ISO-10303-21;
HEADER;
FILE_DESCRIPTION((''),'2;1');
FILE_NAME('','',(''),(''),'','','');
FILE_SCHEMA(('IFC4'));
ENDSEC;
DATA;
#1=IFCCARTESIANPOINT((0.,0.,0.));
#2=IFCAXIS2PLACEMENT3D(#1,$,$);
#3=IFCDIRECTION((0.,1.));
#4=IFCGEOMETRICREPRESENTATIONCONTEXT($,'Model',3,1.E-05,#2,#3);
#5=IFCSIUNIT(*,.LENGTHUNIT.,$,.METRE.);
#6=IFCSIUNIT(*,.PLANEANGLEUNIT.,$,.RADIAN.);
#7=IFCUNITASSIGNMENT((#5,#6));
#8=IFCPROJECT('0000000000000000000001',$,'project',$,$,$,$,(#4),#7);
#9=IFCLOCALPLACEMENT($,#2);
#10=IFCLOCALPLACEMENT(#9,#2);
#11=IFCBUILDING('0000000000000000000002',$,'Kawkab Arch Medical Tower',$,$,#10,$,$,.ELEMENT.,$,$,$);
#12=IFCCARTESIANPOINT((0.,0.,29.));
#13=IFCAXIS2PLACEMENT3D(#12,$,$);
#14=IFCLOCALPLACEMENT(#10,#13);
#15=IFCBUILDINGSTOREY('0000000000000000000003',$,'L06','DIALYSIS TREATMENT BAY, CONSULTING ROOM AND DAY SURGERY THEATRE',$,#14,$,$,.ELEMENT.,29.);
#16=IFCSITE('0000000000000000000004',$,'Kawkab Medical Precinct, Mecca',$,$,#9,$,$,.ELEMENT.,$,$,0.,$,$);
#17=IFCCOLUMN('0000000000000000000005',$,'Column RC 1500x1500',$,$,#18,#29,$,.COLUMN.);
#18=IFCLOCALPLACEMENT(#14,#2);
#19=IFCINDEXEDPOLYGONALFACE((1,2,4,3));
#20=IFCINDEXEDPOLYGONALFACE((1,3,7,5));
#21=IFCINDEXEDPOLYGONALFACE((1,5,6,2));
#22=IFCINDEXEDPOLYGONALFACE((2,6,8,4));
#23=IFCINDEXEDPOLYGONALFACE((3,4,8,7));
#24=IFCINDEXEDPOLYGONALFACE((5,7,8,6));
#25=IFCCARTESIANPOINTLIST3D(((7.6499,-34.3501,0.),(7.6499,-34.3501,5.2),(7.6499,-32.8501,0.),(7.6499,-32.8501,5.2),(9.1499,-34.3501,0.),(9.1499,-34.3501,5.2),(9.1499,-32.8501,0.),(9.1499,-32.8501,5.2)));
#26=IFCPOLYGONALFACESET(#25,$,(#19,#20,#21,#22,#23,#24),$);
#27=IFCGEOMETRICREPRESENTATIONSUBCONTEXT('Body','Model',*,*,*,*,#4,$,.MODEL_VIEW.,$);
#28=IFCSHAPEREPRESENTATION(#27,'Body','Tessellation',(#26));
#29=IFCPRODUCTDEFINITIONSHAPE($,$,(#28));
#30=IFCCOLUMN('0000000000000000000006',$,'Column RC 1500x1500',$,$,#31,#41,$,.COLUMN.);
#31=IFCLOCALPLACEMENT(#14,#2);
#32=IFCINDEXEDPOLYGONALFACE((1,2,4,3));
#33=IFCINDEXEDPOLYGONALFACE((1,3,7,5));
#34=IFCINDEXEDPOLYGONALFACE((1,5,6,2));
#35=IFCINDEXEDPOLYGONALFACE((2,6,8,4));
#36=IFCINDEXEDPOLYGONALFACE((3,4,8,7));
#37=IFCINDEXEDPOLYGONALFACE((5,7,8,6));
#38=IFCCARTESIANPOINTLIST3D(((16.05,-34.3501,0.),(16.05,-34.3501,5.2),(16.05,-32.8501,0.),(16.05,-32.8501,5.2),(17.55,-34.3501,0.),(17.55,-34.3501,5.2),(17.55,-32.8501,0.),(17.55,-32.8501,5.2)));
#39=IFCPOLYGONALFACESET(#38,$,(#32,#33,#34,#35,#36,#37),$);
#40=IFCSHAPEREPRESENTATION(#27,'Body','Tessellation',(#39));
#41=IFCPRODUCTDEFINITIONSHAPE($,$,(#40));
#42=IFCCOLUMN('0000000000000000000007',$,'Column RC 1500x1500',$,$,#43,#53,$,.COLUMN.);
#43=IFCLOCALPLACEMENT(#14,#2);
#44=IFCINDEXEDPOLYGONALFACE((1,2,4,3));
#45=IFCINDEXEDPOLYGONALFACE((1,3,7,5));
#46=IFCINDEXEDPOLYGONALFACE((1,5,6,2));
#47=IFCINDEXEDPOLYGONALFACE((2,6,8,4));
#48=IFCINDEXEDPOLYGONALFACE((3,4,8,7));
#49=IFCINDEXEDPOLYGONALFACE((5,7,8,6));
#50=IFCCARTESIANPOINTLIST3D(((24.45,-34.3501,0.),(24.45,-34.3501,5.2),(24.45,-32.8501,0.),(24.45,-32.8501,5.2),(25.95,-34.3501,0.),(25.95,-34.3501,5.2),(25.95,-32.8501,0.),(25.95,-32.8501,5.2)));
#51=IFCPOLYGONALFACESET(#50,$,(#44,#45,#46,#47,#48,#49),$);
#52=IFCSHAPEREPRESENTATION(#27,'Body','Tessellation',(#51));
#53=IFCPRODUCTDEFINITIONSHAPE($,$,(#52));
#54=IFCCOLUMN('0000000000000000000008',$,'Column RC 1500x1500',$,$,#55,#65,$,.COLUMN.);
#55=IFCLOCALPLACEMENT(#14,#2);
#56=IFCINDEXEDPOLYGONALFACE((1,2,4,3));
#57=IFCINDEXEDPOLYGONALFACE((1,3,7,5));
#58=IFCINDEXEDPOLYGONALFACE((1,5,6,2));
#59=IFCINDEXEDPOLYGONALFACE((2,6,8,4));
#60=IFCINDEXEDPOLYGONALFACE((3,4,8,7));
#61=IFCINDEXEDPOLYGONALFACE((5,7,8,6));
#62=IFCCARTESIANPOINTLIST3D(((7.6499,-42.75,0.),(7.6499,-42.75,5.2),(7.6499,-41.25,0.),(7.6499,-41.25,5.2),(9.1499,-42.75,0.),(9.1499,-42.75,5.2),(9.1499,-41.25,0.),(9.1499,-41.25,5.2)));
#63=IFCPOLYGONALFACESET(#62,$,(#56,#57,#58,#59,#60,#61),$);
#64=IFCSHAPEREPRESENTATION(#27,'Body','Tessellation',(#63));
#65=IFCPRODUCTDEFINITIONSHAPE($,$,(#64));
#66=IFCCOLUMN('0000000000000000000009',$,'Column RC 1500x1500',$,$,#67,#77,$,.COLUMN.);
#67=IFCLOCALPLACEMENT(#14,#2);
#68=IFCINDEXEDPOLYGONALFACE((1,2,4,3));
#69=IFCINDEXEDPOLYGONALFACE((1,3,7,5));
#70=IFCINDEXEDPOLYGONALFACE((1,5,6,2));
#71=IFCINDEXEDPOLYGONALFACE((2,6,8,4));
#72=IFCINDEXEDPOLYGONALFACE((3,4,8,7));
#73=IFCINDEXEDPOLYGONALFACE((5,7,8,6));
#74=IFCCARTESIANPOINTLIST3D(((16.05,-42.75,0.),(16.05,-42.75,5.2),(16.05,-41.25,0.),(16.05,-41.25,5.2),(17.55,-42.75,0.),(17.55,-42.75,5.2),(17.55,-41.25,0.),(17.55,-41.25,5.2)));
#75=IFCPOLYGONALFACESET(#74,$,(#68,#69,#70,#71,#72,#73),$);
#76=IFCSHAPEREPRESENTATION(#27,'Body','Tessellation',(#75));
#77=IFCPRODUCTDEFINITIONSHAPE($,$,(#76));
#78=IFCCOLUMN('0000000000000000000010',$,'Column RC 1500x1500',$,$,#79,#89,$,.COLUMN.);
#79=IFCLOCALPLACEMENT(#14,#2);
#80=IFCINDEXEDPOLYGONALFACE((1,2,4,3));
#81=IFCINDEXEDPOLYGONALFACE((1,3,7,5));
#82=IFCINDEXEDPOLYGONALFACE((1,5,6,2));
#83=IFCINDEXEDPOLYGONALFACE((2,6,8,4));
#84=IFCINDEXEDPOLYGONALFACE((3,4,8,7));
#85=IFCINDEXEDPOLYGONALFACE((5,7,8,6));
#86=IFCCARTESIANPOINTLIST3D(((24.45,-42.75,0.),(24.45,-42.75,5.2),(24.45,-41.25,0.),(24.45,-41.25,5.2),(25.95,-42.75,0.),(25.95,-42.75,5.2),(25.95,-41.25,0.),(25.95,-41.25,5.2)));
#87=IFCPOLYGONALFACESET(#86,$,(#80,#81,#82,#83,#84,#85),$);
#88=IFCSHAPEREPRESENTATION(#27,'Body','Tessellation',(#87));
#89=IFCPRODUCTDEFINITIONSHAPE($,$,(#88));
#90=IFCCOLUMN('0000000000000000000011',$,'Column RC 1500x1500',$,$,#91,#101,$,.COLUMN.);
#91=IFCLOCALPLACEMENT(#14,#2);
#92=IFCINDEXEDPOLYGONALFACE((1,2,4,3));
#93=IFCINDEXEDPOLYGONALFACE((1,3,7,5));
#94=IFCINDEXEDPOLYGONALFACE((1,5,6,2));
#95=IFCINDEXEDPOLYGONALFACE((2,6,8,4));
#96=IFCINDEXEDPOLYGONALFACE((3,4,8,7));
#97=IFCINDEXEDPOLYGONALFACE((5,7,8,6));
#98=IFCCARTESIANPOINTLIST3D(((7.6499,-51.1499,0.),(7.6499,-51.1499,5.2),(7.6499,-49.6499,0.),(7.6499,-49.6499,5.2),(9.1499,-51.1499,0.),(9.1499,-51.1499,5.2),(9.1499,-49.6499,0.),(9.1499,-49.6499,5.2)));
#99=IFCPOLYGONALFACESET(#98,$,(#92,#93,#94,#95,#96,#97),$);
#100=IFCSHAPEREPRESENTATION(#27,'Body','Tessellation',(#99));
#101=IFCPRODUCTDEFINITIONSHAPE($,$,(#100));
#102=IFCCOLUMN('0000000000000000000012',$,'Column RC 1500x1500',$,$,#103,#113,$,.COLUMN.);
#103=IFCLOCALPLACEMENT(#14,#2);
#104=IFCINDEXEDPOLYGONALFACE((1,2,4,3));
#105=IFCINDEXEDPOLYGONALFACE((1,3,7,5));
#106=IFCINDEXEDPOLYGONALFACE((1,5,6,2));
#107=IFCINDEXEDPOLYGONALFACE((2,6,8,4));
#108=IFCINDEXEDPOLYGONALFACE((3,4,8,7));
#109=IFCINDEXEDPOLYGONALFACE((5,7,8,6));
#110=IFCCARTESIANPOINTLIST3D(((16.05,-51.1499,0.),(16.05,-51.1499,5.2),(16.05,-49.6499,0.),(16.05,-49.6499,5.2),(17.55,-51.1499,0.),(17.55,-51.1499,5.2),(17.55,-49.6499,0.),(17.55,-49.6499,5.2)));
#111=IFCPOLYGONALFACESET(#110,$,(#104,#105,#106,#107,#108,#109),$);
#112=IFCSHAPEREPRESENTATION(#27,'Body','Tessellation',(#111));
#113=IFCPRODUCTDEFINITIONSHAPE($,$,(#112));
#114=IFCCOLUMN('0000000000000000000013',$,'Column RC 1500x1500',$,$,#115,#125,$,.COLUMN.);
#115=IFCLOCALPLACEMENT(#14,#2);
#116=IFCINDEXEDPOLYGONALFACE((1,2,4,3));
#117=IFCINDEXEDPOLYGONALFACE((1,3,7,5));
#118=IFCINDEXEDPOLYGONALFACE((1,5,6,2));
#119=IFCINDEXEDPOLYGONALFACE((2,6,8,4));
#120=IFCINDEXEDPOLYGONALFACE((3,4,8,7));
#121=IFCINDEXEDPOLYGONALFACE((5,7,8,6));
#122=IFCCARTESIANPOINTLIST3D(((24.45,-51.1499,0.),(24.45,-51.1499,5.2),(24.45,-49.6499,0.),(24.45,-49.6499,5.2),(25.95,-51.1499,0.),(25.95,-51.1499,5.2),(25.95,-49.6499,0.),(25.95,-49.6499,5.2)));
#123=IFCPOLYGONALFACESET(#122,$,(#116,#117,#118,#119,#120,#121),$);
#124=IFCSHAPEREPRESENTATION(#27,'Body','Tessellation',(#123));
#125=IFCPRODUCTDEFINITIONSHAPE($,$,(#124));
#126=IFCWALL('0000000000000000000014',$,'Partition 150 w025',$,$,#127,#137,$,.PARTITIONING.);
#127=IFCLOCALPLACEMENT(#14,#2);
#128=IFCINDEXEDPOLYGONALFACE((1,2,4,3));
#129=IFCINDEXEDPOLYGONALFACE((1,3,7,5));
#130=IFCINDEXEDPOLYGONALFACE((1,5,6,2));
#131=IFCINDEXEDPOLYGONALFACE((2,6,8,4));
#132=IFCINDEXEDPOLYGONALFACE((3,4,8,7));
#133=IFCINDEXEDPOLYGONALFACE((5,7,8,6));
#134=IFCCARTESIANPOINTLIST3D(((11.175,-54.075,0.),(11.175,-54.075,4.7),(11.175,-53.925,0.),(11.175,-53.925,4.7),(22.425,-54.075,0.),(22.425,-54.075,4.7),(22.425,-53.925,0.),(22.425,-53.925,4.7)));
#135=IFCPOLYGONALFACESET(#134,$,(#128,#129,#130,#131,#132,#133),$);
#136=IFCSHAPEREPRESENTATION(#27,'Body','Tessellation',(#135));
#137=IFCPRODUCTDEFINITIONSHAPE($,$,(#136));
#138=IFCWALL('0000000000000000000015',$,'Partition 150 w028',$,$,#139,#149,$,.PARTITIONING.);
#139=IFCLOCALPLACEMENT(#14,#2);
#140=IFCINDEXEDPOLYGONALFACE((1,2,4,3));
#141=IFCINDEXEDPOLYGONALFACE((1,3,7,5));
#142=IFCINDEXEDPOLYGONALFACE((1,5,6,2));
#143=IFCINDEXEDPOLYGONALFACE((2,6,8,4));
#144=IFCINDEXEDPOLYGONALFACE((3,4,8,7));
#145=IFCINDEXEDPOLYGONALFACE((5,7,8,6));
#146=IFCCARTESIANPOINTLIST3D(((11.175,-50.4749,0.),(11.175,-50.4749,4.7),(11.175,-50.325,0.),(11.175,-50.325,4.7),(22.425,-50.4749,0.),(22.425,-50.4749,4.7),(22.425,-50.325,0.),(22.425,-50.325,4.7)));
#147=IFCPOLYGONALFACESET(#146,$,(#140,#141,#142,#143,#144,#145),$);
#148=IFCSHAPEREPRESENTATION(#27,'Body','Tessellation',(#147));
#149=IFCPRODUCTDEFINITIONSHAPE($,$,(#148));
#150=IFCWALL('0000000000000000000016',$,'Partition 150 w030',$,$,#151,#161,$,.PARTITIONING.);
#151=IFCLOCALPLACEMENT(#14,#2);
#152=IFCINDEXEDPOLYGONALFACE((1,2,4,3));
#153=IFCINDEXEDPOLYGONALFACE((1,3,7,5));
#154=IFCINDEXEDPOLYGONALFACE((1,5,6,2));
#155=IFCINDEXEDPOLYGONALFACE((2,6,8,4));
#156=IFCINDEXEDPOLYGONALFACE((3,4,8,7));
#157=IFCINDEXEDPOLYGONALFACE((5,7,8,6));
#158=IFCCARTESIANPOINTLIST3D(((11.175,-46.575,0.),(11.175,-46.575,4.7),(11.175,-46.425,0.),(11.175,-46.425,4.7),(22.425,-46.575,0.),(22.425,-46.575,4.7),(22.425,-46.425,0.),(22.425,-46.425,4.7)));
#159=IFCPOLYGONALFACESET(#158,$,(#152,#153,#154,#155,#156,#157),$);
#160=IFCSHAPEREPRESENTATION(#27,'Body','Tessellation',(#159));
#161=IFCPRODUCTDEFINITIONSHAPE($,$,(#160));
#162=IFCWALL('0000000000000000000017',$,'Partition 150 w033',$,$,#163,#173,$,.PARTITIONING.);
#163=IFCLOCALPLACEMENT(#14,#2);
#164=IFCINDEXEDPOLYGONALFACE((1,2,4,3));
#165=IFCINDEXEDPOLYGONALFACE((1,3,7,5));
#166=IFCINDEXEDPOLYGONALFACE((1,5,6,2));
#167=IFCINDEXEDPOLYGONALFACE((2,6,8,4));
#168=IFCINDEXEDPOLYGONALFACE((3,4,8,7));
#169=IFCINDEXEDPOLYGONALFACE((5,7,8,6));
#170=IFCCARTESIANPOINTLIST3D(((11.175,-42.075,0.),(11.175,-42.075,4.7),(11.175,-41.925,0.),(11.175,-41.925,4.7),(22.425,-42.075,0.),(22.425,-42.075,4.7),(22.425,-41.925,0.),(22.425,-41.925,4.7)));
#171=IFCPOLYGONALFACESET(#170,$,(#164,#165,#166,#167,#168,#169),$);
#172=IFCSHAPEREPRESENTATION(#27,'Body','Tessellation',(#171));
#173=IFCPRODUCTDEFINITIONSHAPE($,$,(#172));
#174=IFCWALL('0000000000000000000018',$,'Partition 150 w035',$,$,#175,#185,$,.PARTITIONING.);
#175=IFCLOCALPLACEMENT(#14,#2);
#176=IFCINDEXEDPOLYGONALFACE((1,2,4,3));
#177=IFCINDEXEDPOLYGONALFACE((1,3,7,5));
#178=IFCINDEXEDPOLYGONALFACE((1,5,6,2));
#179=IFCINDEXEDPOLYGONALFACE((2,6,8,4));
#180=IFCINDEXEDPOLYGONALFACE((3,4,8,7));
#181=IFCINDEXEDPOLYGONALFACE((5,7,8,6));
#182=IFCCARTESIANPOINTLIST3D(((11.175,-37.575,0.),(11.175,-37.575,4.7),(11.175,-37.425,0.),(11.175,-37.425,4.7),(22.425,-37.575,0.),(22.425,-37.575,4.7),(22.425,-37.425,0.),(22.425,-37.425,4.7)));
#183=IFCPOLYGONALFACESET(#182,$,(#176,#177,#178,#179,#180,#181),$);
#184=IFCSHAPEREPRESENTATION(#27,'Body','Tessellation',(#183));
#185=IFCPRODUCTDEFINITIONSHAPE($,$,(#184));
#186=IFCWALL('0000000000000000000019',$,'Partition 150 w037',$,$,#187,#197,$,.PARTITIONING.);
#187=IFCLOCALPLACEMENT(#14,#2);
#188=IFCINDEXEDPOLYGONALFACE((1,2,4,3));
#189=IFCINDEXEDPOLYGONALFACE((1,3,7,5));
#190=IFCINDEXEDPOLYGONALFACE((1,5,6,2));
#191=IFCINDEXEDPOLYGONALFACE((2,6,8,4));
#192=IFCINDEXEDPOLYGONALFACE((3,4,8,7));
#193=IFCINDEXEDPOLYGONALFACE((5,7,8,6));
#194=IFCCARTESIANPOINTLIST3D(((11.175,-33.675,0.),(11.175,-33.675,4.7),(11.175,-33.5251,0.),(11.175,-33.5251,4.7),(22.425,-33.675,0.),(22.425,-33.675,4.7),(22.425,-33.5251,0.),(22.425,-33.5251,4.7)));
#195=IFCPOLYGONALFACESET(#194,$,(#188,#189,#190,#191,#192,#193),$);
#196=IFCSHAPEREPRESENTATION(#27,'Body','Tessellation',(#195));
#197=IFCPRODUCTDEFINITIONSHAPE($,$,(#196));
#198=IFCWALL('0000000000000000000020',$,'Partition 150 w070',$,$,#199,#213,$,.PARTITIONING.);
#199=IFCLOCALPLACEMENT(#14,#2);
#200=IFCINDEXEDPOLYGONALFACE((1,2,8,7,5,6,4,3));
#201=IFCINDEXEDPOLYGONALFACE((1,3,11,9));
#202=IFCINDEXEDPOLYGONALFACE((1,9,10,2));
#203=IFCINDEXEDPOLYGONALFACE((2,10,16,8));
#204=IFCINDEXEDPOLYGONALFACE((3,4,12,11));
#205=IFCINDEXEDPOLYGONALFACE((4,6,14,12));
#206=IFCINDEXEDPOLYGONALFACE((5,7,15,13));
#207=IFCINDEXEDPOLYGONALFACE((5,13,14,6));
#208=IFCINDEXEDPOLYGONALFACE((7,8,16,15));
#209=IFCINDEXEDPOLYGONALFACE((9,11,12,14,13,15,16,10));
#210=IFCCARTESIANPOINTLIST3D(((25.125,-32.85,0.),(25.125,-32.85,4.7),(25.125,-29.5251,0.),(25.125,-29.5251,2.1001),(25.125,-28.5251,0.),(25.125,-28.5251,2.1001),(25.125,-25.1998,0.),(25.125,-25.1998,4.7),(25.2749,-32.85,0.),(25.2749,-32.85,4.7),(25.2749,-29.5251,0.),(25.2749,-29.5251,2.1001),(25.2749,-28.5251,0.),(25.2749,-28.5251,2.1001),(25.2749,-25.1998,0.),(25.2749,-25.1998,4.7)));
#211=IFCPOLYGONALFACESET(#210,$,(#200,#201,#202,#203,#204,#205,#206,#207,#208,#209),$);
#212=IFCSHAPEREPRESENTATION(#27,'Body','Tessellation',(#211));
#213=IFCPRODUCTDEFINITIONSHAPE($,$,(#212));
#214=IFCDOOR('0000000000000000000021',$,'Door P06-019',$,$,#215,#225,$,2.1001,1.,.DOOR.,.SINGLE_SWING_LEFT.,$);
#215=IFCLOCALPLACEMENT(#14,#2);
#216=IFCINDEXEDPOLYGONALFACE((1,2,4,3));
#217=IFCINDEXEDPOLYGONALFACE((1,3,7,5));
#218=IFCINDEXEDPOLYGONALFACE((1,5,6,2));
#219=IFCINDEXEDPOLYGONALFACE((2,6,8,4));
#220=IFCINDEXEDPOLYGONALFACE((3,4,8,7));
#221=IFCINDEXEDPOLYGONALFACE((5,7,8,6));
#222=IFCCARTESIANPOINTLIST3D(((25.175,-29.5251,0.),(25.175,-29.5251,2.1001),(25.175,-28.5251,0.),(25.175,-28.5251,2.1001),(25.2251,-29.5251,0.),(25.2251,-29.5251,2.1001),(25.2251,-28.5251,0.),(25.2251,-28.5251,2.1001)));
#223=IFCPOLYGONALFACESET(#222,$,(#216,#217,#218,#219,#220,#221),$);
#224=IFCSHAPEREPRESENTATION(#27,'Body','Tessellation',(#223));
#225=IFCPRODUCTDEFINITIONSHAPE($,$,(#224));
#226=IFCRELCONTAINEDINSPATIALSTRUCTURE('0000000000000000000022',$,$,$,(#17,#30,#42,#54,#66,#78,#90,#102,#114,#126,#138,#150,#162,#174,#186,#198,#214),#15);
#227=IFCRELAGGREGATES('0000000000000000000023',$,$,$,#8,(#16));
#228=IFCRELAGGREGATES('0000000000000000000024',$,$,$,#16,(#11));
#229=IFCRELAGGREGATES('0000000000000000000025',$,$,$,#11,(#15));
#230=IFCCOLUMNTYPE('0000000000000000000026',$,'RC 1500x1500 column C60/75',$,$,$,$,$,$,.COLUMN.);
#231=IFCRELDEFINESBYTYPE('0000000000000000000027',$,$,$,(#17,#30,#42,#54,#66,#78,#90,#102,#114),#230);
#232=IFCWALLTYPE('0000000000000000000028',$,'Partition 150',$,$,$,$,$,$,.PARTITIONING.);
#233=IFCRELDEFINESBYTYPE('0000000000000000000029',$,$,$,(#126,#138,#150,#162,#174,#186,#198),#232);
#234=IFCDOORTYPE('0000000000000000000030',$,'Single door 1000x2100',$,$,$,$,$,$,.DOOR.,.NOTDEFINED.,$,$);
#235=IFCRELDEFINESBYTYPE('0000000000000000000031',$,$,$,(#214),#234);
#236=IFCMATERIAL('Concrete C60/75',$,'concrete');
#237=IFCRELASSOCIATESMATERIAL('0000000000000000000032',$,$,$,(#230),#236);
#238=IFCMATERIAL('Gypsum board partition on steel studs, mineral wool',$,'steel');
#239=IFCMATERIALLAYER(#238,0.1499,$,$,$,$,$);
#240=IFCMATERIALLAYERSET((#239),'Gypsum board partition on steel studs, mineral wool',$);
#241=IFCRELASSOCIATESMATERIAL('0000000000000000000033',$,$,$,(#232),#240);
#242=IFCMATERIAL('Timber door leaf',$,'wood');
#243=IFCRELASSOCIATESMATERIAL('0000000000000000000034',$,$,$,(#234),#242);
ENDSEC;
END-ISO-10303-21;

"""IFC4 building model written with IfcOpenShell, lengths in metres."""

from ifc_helpers import new_model, si_unit, direction, frame, frame_2d, origin, origin_2d, place, context, subcontext, project, spatial, rectangle, extrude, material, layer, layer_set, material_profile, profile_set, type_object, element, fill, save


model = new_model("IFC4")

# Units and contexts
model_context = context("Model", 3, precision=1e-05, world=origin(), true_north=direction((0.0, 1.0)))
body_context = subcontext(model_context, "Body", "Model", "MODEL_VIEW")
ifc_project = project(units=[si_unit("LENGTHUNIT", "METRE"), si_unit("PLANEANGLEUNIT", "RADIAN")], contexts=[model_context])

# Site, building, storey
site_placement = place(None, origin())
site = spatial("IfcSite", under=ifc_project, at=site_placement, Name="Kawkab Medical Precinct, Mecca", CompositionType="ELEMENT", RefElevation=0.0)
building_placement = place(site_placement, origin())
building = spatial("IfcBuilding", under=site, at=building_placement, Name="Kawkab Arch Medical Tower", CompositionType="ELEMENT")
storey_placement = place(building_placement, frame((0.0, 0.0, 29.0)))
storey = spatial("IfcBuildingStorey", under=building, at=storey_placement, Name="L06", Description="DIALYSIS TREATMENT BAY, CONSULTING ROOM AND DAY SURGERY THEATRE", CompositionType="ELEMENT", Elevation=29.0)

# Columns
ifc_material_1 = material(Name="Concrete C60/75", Category="concrete")
ifc_material_profile = material_profile(ifc_material_1, rectangle(XDim=1.5, YDim=1.5, at=origin_2d()), Name="RC 1500x1500")
ifc_profile_set = profile_set([ifc_material_profile], Name="Concrete C60/75")
column_type = type_object("IfcColumnType", Name="RC 1500x1500 column C60/75", PredefinedType="COLUMN", material=ifc_profile_set)
for number, where, z_axis, x_axis, name in (
    (1, (8.3999, -33.6001, 0.0), (0.0, 0.0, 1.0), (1.0, 0.0, 0.0), "Column RC 1500x1500"),
    (2, (16.8, -33.6001, 0.0), (0.0, 0.0, 1.0), (1.0, 0.0, 0.0), "Column RC 1500x1500"),
    (3, (25.2, -33.6001, 0.0), (0.0, 0.0, 1.0), (1.0, 0.0, 0.0), "Column RC 1500x1500"),
    (4, (8.3999, -42.0, 0.0), (0.0, 0.0, 1.0), (1.0, 0.0, 0.0), "Column RC 1500x1500"),
    (5, (16.8, -42.0, 0.0), (0.0, 0.0, 1.0), (1.0, 0.0, 0.0), "Column RC 1500x1500"),
    (6, (25.2, -42.0, 0.0), (0.0, 0.0, 1.0), (1.0, 0.0, 0.0), "Column RC 1500x1500"),
    (7, (8.3999, -50.3999, 0.0), (0.0, 0.0, 1.0), (1.0, 0.0, 0.0), "Column RC 1500x1500"),
    (8, (16.8, -50.3999, 0.0), (0.0, 0.0, 1.0), (1.0, 0.0, 0.0), "Column RC 1500x1500"),
    (9, (25.2, -50.3999, 0.0), (0.0, 0.0, 1.0), (1.0, 0.0, 0.0), "Column RC 1500x1500"),
):
    element("IfcColumn", number, at=place(storey_placement, frame(where, z_axis=z_axis, x_axis=x_axis)), inside=storey, type_object=column_type, Name=name, PredefinedType="COLUMN", context=body_context, shape_type="SweptSolid", body=[
        extrude(rectangle(XDim=1.5, YDim=1.5, at=origin_2d()), origin(), (0.0, 0.0, 1.0), 5.2),
    ])

# Walls
ifc_material_2 = material(Name="Gypsum board partition on steel studs, mineral wool", Category="steel")
ifc_layer_1 = layer(ifc_material_2, 0.1499)
ifc_layer_set_1 = layer_set([ifc_layer_1], Name="Gypsum board partition on steel studs, mineral wool")
wall_type_1 = type_object("IfcWallType", Name="Partition 150", PredefinedType="PARTITIONING", material=ifc_layer_set_1)
for number, where, z_axis, x_axis, name in (
    (10, (11.175, -54.0, 0.0), (0.0, 0.0, 1.0), (1.0, 0.0, 0.0), "Partition 150 w025"),
    (11, (11.175, -50.3999, 0.0), (0.0, 0.0, 1.0), (1.0, 0.0, 0.0), "Partition 150 w028"),
    (12, (11.175, -46.5, 0.0), (0.0, 0.0, 1.0), (1.0, 0.0, 0.0), "Partition 150 w030"),
    (13, (11.175, -42.0, 0.0), (0.0, 0.0, 1.0), (1.0, 0.0, 0.0), "Partition 150 w033"),
    (14, (11.175, -37.5, 0.0), (0.0, 0.0, 1.0), (1.0, 0.0, 0.0), "Partition 150 w035"),
    (15, (11.175, -33.6001, 0.0), (0.0, 0.0, 1.0), (1.0, 0.0, 0.0), "Partition 150 w037"),
):
    element("IfcWall", number, at=place(storey_placement, frame(where, z_axis=z_axis, x_axis=x_axis)), inside=storey, type_object=wall_type_1, Name=name, PredefinedType="PARTITIONING", context=body_context, shape_type="SweptSolid", body=[
        extrude(rectangle(XDim=11.25, YDim=0.1499, at=frame_2d((5.625, 0.0))), origin(), (0.0, 0.0, 1.0), 4.7),
    ])

# Wall, opening, door
wall_1_placement = place(storey_placement, frame((25.2, -32.8501, 0.0), z_axis=(0.0, 0.0, 1.0), x_axis=(0.0, 1.0, 0.0)))
wall_1 = element("IfcWall", 16, at=wall_1_placement, inside=storey, type_object=wall_type_1, Name="Partition 150 w070", PredefinedType="PARTITIONING", context=body_context, shape_type="SweptSolid", body=[
    extrude(rectangle(XDim=7.6501, YDim=0.1499, at=frame_2d((3.8252, 0.0))), origin(), (0.0, 0.0, 1.0), 4.7),
])
opening_placement = place(wall_1_placement, frame((3.325, 0.0, 0.0)))
opening = element("IfcOpeningElement", 17, at=opening_placement, cuts=wall_1, PredefinedType="OPENING", context=body_context, shape_type="SweptSolid", body=[
    extrude(rectangle(XDim=1.0, YDim=2.1001, at=frame_2d((0.5, 1.05))), frame((0.0, 0.085, 0.0), z_axis=(0.0, -1.0, 0.0), x_axis=(1.0, 0.0, 0.0)), (0.0, 0.0, 1.0), 0.1699),
])
ifc_material_3 = material(Name="Timber door leaf", Category="wood")
door_type = type_object("IfcDoorType", Name="Single door 1000x2100", OperationType="NOTDEFINED", PredefinedType="DOOR", material=ifc_material_3)
door_placement = place(opening_placement, origin())
door = element("IfcDoor", 18, at=door_placement, inside=storey, type_object=door_type, Name="Door P06-019", OperationType="SINGLE_SWING_LEFT", OverallHeight=2.1001, OverallWidth=1.0, PredefinedType="DOOR", context=body_context, shape_type="SweptSolid", body=[
    extrude(rectangle(XDim=1.0, YDim=2.1001, at=frame_2d((0.5, 1.05))), frame((0.0, 0.0249, 0.0), z_axis=(0.0, -1.0, 0.0), x_axis=(1.0, 0.0, 0.0)), (0.0, 0.0, 1.0), 0.05),
])
fill(opening, door)

save(model, "model.ifc")
